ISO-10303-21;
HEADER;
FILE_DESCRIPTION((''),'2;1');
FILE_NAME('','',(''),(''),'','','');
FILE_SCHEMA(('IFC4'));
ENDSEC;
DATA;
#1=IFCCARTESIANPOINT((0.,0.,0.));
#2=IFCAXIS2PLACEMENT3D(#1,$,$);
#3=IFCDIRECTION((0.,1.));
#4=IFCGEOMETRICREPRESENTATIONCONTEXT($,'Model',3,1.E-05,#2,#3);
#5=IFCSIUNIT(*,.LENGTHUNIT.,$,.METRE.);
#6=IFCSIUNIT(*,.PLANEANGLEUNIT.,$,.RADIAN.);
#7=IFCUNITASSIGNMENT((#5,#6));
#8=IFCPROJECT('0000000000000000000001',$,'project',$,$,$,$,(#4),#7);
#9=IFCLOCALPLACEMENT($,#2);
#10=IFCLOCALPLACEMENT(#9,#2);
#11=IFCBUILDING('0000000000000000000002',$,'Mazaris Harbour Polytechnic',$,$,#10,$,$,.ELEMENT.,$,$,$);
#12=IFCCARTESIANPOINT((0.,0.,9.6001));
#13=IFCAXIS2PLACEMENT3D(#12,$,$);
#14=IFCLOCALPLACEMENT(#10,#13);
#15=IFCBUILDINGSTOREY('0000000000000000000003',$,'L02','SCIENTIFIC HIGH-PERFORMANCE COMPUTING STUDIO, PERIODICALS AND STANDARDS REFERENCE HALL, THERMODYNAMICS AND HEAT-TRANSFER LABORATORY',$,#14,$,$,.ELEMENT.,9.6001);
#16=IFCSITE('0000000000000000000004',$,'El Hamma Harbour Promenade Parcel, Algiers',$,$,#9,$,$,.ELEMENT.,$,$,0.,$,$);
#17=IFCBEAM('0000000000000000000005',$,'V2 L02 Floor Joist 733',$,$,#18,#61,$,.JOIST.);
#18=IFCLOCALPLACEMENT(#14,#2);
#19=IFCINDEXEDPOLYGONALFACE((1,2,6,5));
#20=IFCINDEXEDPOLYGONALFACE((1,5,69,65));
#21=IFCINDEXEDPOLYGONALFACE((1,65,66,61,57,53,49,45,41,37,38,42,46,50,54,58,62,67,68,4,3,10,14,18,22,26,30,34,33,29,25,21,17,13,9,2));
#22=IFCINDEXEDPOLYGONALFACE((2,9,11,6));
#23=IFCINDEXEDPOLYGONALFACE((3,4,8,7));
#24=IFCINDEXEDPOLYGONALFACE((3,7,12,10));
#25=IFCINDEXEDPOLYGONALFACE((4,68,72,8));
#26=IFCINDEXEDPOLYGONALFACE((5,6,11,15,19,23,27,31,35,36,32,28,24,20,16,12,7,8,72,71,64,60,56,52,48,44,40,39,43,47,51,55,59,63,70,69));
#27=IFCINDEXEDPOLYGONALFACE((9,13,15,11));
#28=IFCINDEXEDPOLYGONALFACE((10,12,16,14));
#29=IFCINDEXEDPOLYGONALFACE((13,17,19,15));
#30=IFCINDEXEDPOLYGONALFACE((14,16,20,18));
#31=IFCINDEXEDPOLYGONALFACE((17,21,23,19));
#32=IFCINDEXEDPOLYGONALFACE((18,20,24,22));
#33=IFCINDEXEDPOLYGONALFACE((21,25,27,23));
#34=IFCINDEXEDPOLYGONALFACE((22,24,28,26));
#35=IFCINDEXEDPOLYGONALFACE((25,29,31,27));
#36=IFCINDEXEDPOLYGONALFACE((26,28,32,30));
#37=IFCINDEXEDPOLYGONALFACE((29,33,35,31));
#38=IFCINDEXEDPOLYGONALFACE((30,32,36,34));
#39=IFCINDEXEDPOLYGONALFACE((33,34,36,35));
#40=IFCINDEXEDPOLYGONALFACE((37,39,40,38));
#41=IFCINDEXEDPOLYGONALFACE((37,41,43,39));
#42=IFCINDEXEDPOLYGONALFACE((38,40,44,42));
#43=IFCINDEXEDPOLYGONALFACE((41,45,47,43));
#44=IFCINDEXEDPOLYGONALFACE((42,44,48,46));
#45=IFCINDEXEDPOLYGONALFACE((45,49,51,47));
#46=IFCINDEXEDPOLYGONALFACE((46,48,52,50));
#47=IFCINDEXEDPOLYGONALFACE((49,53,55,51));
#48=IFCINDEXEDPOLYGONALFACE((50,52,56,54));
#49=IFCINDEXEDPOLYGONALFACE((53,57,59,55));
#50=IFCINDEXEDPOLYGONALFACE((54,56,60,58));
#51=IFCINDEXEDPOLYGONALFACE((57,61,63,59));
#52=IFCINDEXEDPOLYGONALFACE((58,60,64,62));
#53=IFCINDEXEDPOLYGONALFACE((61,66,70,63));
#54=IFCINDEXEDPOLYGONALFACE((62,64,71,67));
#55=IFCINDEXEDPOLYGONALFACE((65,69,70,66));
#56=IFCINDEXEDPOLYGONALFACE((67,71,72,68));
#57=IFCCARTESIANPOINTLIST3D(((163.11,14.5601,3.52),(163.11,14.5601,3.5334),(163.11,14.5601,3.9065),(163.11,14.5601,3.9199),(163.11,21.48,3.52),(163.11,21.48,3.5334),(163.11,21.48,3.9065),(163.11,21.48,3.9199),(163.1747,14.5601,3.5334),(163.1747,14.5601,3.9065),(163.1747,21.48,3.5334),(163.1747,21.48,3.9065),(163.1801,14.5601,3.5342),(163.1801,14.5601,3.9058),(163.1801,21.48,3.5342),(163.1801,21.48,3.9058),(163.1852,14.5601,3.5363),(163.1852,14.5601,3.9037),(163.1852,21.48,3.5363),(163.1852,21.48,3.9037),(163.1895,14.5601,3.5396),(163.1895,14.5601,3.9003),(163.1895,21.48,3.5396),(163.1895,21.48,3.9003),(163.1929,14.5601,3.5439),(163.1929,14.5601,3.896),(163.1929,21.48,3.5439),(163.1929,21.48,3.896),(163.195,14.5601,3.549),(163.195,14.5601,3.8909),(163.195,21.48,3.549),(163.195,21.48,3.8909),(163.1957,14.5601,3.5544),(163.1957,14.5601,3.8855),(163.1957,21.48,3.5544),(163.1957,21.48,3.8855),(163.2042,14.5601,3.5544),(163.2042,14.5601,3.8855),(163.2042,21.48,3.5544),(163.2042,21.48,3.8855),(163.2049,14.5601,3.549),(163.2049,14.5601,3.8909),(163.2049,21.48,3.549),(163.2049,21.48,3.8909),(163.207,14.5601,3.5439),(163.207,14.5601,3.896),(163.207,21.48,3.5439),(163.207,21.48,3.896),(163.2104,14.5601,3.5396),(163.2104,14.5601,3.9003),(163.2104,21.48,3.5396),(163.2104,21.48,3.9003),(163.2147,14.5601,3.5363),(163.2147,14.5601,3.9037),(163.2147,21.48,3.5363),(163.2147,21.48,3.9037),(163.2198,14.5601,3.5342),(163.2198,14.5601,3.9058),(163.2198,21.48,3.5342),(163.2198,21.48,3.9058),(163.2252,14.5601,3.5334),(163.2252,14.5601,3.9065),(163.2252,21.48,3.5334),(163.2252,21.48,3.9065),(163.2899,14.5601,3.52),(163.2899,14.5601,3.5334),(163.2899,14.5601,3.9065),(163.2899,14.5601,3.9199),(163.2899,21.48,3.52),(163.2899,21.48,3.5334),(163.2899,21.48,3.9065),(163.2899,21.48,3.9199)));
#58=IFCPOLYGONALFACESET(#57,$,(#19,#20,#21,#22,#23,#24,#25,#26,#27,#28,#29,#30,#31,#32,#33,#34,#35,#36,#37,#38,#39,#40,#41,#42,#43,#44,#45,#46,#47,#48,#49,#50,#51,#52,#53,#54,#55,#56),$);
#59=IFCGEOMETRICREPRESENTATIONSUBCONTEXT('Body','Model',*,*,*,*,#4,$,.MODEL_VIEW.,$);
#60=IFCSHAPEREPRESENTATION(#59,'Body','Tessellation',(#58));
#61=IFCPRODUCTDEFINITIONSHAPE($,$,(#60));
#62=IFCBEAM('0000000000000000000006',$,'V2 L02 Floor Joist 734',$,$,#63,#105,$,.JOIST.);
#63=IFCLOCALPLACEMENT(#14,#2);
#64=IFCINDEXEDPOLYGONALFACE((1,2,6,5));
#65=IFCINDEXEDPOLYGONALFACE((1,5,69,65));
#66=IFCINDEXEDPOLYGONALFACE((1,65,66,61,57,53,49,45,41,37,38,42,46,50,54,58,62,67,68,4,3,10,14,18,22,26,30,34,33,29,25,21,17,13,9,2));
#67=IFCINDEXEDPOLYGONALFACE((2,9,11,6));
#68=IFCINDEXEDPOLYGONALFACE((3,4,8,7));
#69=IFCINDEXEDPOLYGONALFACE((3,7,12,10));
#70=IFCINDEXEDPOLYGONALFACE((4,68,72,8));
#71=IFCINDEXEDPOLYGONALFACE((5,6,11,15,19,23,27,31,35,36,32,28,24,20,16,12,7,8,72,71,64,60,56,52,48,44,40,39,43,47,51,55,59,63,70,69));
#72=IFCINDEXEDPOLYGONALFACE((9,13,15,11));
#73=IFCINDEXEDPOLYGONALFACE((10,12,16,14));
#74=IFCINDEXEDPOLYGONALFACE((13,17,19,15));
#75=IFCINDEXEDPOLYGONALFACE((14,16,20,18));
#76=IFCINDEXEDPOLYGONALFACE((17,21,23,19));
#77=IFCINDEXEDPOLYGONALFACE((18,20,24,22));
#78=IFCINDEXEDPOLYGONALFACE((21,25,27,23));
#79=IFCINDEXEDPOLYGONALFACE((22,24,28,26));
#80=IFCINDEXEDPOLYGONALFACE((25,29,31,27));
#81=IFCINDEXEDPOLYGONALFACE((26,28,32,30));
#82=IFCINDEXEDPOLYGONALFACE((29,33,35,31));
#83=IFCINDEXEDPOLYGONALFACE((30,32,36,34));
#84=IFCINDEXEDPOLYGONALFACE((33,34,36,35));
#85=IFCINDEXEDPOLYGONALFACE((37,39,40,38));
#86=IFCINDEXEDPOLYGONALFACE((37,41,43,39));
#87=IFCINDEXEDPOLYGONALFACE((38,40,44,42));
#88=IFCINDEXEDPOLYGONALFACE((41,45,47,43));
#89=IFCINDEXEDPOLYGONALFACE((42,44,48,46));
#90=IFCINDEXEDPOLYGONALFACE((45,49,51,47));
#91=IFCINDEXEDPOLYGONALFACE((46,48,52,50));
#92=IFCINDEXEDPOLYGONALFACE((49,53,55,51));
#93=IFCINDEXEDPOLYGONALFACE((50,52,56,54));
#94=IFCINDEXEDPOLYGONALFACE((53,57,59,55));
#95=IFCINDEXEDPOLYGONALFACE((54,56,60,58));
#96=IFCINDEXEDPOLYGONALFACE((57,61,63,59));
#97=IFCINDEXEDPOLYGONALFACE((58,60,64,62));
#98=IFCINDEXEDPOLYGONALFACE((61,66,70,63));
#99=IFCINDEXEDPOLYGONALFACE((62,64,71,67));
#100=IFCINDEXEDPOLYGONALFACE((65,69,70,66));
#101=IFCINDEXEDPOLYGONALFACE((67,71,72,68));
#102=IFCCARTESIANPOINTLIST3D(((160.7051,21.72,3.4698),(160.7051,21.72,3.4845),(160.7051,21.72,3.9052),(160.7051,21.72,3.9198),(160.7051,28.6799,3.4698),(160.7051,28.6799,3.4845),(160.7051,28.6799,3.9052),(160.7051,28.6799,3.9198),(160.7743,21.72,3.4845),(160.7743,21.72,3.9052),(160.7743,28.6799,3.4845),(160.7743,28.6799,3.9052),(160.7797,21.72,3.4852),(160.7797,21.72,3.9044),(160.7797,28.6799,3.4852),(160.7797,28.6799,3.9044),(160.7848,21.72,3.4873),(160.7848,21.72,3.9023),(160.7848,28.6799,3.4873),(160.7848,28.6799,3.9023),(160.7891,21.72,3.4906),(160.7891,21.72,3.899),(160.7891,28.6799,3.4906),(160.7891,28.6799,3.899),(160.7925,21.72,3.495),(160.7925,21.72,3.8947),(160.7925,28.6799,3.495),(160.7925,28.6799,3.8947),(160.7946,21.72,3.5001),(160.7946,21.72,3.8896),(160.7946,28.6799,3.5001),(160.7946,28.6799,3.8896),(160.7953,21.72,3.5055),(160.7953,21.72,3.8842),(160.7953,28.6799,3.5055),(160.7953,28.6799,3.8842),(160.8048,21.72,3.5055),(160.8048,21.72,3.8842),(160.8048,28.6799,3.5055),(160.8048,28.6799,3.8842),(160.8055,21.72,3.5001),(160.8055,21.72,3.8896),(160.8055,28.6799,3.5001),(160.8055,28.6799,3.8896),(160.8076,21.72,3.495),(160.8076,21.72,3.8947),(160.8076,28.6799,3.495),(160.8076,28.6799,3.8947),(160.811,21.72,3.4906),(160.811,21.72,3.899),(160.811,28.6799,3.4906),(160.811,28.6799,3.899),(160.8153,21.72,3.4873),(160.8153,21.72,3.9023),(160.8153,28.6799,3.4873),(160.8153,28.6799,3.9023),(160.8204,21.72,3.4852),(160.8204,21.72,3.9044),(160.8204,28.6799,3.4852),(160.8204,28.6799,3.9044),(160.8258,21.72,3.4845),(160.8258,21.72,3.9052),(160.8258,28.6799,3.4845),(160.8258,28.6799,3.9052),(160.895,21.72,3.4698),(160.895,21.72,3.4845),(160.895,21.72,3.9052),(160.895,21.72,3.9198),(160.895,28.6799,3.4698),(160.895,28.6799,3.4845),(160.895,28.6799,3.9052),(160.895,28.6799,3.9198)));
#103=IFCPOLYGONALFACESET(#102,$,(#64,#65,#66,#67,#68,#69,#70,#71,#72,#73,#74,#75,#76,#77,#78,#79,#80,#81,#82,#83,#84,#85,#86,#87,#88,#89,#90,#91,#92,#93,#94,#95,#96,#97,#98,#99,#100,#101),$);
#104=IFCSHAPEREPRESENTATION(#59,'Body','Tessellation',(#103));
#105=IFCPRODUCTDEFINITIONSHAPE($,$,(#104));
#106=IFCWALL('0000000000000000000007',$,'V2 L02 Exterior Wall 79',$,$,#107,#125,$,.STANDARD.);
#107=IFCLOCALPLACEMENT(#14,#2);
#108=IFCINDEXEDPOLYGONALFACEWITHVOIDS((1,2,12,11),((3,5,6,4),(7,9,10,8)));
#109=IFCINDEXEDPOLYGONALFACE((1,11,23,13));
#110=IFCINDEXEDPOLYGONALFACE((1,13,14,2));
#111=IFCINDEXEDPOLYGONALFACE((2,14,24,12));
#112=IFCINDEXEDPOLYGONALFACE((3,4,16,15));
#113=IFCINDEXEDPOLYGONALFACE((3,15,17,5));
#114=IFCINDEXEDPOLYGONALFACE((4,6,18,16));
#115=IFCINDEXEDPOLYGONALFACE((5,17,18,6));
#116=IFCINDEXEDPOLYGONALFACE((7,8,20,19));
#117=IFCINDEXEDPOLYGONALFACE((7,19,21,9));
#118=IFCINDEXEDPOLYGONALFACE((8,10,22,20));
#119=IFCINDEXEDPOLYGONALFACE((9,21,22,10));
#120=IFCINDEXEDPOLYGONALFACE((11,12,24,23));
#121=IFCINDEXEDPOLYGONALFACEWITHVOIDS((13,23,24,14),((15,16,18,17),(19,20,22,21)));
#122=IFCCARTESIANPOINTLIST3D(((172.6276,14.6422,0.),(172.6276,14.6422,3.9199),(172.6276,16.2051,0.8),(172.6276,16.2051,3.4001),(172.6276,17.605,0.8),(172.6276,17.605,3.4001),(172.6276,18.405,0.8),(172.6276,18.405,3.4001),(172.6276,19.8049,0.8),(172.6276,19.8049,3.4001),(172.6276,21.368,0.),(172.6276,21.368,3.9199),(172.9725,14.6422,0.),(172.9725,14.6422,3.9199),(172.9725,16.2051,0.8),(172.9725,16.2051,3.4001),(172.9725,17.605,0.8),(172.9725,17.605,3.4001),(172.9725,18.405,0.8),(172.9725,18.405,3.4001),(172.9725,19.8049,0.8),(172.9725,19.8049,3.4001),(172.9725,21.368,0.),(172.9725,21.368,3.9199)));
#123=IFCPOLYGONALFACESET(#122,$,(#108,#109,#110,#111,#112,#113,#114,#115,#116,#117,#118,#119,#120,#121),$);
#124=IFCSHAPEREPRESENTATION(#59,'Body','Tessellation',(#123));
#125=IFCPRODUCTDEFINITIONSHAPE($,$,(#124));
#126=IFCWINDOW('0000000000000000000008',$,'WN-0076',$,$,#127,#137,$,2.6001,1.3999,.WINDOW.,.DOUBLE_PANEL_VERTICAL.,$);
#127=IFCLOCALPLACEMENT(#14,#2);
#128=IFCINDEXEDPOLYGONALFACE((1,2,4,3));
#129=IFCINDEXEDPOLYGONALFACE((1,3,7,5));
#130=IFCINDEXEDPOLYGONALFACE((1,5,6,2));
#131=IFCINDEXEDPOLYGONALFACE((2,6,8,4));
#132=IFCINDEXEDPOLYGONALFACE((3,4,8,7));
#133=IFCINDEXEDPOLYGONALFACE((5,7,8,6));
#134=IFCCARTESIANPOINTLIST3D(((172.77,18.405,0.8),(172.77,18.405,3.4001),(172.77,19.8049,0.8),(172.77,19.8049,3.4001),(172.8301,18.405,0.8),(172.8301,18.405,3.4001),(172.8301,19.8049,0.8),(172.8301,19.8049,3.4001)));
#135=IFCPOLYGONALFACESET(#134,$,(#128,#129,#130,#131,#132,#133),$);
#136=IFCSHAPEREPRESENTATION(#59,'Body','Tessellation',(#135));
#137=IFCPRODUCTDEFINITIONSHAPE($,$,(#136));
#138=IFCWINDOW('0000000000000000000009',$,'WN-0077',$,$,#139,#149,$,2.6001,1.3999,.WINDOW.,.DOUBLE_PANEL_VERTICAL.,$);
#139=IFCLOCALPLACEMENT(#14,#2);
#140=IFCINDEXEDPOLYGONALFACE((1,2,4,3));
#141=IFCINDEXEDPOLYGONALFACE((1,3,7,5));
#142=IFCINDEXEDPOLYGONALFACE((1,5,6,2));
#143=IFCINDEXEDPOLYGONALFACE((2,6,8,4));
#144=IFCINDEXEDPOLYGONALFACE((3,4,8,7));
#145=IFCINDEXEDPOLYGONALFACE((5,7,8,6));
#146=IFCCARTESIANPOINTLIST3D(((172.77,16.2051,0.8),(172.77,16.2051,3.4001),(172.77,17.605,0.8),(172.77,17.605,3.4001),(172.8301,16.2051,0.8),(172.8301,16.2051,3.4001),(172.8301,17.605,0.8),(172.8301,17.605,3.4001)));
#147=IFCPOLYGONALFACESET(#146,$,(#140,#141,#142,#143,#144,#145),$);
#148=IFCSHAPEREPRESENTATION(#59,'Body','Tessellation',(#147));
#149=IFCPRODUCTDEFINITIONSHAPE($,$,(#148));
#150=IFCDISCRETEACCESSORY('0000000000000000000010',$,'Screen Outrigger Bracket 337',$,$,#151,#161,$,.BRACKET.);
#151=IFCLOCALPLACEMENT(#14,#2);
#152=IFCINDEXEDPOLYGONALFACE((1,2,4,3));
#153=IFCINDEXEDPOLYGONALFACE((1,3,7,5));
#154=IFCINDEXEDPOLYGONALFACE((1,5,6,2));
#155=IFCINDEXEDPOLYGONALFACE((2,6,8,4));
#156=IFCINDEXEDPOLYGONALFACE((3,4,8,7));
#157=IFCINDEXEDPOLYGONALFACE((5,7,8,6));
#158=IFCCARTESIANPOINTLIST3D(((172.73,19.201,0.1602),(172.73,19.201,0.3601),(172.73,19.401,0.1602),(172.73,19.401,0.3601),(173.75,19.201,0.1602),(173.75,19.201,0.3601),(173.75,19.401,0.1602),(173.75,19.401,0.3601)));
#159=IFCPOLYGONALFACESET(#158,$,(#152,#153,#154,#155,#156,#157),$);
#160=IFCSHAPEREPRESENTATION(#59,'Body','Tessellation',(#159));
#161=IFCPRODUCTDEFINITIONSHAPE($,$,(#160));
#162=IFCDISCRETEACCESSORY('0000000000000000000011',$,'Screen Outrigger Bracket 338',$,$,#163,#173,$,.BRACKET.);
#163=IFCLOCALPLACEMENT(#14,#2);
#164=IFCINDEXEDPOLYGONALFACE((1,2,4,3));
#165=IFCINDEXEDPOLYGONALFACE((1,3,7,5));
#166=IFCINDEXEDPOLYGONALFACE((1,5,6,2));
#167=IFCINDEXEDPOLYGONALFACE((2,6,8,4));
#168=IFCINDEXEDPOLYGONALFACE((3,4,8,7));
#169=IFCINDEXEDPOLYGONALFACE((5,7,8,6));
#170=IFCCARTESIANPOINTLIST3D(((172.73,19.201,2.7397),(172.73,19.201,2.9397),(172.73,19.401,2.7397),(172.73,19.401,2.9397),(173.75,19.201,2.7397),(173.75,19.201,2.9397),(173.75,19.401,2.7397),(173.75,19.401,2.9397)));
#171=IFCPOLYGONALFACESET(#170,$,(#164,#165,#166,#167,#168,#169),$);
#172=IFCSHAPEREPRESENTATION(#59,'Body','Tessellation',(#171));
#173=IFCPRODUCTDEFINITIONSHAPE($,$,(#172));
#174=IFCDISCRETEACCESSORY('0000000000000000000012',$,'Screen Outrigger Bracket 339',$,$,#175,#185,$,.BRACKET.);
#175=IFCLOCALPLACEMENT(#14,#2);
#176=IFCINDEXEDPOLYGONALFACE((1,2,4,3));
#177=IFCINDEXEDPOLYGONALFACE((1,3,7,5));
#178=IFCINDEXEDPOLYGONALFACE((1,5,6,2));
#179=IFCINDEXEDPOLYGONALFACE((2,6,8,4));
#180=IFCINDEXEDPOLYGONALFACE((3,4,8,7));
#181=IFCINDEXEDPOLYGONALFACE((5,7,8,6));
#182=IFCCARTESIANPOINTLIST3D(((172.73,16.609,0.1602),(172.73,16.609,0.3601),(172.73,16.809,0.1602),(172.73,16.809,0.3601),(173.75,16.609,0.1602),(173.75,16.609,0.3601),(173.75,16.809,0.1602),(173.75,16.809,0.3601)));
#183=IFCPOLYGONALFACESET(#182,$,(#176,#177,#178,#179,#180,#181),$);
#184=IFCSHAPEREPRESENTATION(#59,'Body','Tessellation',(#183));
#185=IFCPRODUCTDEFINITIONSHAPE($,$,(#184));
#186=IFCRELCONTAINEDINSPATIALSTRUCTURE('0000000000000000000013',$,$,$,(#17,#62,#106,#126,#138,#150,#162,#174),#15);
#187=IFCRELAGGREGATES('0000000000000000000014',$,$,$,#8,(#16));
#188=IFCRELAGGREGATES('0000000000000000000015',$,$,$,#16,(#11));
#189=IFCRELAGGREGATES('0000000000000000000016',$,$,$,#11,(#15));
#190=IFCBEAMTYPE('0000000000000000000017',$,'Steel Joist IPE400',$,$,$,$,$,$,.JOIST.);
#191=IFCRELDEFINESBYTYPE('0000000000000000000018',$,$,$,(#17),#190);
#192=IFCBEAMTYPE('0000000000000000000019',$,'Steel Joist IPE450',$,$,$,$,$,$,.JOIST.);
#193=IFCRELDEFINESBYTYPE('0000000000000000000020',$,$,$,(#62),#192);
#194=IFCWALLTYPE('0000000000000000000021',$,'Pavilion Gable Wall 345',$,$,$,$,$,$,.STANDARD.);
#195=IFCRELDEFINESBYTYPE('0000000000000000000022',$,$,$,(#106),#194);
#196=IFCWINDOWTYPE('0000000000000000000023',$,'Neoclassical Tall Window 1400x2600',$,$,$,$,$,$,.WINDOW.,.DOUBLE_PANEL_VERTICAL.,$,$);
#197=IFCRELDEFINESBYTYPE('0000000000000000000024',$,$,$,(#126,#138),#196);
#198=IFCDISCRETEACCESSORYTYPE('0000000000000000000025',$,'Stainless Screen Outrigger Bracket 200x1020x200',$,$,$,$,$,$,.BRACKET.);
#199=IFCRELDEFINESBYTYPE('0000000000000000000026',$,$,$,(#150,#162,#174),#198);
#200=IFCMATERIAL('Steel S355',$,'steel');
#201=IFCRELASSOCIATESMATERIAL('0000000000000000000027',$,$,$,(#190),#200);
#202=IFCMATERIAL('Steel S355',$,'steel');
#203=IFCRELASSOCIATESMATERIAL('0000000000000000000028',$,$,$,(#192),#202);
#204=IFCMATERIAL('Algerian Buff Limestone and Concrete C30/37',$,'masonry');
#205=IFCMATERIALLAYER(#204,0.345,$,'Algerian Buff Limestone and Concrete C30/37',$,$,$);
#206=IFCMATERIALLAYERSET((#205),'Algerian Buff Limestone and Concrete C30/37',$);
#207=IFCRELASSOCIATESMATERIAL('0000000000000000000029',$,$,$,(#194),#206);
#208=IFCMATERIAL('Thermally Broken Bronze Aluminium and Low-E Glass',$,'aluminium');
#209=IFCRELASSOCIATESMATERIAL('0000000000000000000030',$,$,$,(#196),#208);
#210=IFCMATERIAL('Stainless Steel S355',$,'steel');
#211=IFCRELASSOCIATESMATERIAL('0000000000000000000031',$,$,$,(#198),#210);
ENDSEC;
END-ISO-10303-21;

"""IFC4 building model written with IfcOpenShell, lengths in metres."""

from ifc_helpers import new_model, si_unit, direction, frame, frame_2d, origin, origin_2d, place, context, subcontext, project, spatial, rectangle, i_section, extrude, material, layer, layer_set, material_profile, profile_set, type_object, element, fill, save


model = new_model("IFC4")

# Units and contexts
model_context = context("Model", 3, precision=1e-05, world=origin(), true_north=direction((0.0, 1.0)))
body_context = subcontext(model_context, "Body", "Model", "MODEL_VIEW")
ifc_project = project(units=[si_unit("LENGTHUNIT", "METRE"), si_unit("PLANEANGLEUNIT", "RADIAN")], contexts=[model_context])

# Site, building, storey
site_placement = place(None, origin())
site = spatial("IfcSite", under=ifc_project, at=site_placement, Name="El Hamma Harbour Promenade Parcel, Algiers", CompositionType="ELEMENT", RefElevation=0.0)
building_placement = place(site_placement, origin())
building = spatial("IfcBuilding", under=site, at=building_placement, Name="Mazaris Harbour Polytechnic", CompositionType="ELEMENT")
storey_placement = place(building_placement, frame((0.0, 0.0, 9.6001)))
storey = spatial("IfcBuildingStorey", under=building, at=storey_placement, Name="L02", Description="SCIENTIFIC HIGH-PERFORMANCE COMPUTING STUDIO, PERIODICALS AND STANDARDS REFERENCE HALL, THERMODYNAMICS AND HEAT-TRANSFER LABORATORY", CompositionType="ELEMENT", Elevation=9.6001)

# Beams
ifc_material_1 = material(Name="Steel S355", Category="steel")
ifc_material_profile_1 = material_profile(ifc_material_1, i_section(OverallWidth=0.1799, OverallDepth=0.3999, WebThickness=0.0085, FlangeThickness=0.0134, FilletRadius=0.021, at=origin_2d()), Name="IPE 400")
ifc_profile_set_1 = profile_set([ifc_material_profile_1], Name="Steel S355")
beam_type_1 = type_object("IfcBeamType", Name="Steel Joist IPE400", PredefinedType="JOIST", material=ifc_profile_set_1)
beam_1_placement = place(storey_placement, frame((163.2, 14.5601, 3.72), z_axis=(0.0, 1.0, 0.0), x_axis=(-1.0, 0.0, 0.0)))
element("IfcBeam", 1, at=beam_1_placement, inside=storey, type_object=beam_type_1, Name="V2 L02 Floor Joist 733", PredefinedType="JOIST", context=body_context, shape_type="SweptSolid", body=[
    extrude(i_section(OverallWidth=0.1799, OverallDepth=0.3999, WebThickness=0.0085, FlangeThickness=0.0134, FilletRadius=0.021, at=origin_2d()), origin(), (0.0, 0.0, 1.0), 6.9199),
])
ifc_material_2 = material(Name="Steel S355", Category="steel")
ifc_material_profile_2 = material_profile(ifc_material_2, i_section(OverallWidth=0.1899, OverallDepth=0.45, WebThickness=0.0095, FlangeThickness=0.0146, FilletRadius=0.021, at=origin_2d()), Name="IPE 450")
ifc_profile_set_2 = profile_set([ifc_material_profile_2], Name="Steel S355")
beam_type_2 = type_object("IfcBeamType", Name="Steel Joist IPE450", PredefinedType="JOIST", material=ifc_profile_set_2)
beam_2_placement = place(storey_placement, frame((160.8, 21.72, 3.6948), z_axis=(0.0, 1.0, 0.0), x_axis=(-1.0, 0.0, 0.0)))
element("IfcBeam", 2, at=beam_2_placement, inside=storey, type_object=beam_type_2, Name="V2 L02 Floor Joist 734", PredefinedType="JOIST", context=body_context, shape_type="SweptSolid", body=[
    extrude(i_section(OverallWidth=0.1899, OverallDepth=0.45, WebThickness=0.0095, FlangeThickness=0.0146, FilletRadius=0.021, at=origin_2d()), origin(), (0.0, 0.0, 1.0), 6.96),
])

# Wall, openings, windows
ifc_material_3 = material(Name="Algerian Buff Limestone and Concrete C30/37", Category="masonry")
ifc_layer = layer(ifc_material_3, 0.345, Name="Algerian Buff Limestone and Concrete C30/37")
ifc_layer_set = layer_set([ifc_layer], Name="Algerian Buff Limestone and Concrete C30/37")
wall_type = type_object("IfcWallType", Name="Pavilion Gable Wall 345", PredefinedType="STANDARD", material=ifc_layer_set)
wall_placement = place(storey_placement, frame((172.8, 21.3679, 0.0), z_axis=(0.0, 0.0, 1.0), x_axis=(0.0, -1.0, 0.0)))
wall = element("IfcWall", 3, at=wall_placement, inside=storey, type_object=wall_type, Name="V2 L02 Exterior Wall 79", PredefinedType="STANDARD", context=body_context, shape_type="SweptSolid", body=[
    extrude(rectangle(XDim=6.7258, YDim=0.345, at=frame_2d((3.3628, 0.0))), origin(), (0.0, 0.0, 1.0), 3.9199),
])
opening_1_placement = place(wall_placement, frame((1.563, 0.0, 0.8)))
opening_1 = element("IfcOpeningElement", 4, at=opening_1_placement, cuts=wall, PredefinedType="OPENING", context=body_context, shape_type="SweptSolid", body=[
    extrude(rectangle(XDim=1.3999, YDim=2.6001, at=frame_2d((0.7, 1.3))), frame((0.0, 0.1824, 0.0), z_axis=(0.0, -1.0, 0.0), x_axis=(1.0, 0.0, 0.0)), (0.0, 0.0, 1.0), 0.365),
])
opening_2_placement = place(wall_placement, frame((3.7629, 0.0, 0.8)))
opening_2 = element("IfcOpeningElement", 5, at=opening_2_placement, cuts=wall, PredefinedType="OPENING", context=body_context, shape_type="SweptSolid", body=[
    extrude(rectangle(XDim=1.3999, YDim=2.6001, at=frame_2d((0.7, 1.3))), frame((0.0, 0.1824, 0.0), z_axis=(0.0, -1.0, 0.0), x_axis=(1.0, 0.0, 0.0)), (0.0, 0.0, 1.0), 0.365),
])
ifc_material_4 = material(Name="Thermally Broken Bronze Aluminium and Low-E Glass", Category="aluminium")
window_type = type_object("IfcWindowType", Name="Neoclassical Tall Window 1400x2600", PartitioningType="DOUBLE_PANEL_VERTICAL", PredefinedType="WINDOW", material=ifc_material_4)
window_1_placement = place(opening_1_placement, origin())
window_1 = element("IfcWindow", 6, at=window_1_placement, inside=storey, type_object=window_type, Name="WN-0076", OverallHeight=2.6001, OverallWidth=1.3999, PartitioningType="DOUBLE_PANEL_VERTICAL", PredefinedType="WINDOW", context=body_context, shape_type="SweptSolid", body=[
    extrude(rectangle(XDim=1.3999, YDim=2.6001, at=frame_2d((0.7, 1.3))), frame((0.0, 0.03, 0.0), z_axis=(0.0, -1.0, 0.0), x_axis=(1.0, 0.0, 0.0)), (0.0, 0.0, 1.0), 0.0601),
])
fill(opening_1, window_1)
window_2_placement = place(opening_2_placement, origin())
window_2 = element("IfcWindow", 7, at=window_2_placement, inside=storey, type_object=window_type, Name="WN-0077", OverallHeight=2.6001, OverallWidth=1.3999, PartitioningType="DOUBLE_PANEL_VERTICAL", PredefinedType="WINDOW", context=body_context, shape_type="SweptSolid", body=[
    extrude(rectangle(XDim=1.3999, YDim=2.6001, at=frame_2d((0.7, 1.3))), frame((0.0, 0.03, 0.0), z_axis=(0.0, -1.0, 0.0), x_axis=(1.0, 0.0, 0.0)), (0.0, 0.0, 1.0), 0.0601),
])
fill(opening_2, window_2)

# Discrete accessories
ifc_material_5 = material(Name="Stainless Steel S355", Category="steel")
discrete_accessory_type = type_object("IfcDiscreteAccessoryType", Name="Stainless Screen Outrigger Bracket 200x1020x200", PredefinedType="BRACKET", material=ifc_material_5)
for number, where, z_axis, x_axis, name in (
    (8, (173.24, 19.301, 0.1602), (0.0, 0.0, 1.0), (0.0, -1.0, 0.0), "Screen Outrigger Bracket 337"),
    (9, (173.24, 19.301, 2.7397), (0.0, 0.0, 1.0), (0.0, -1.0, 0.0), "Screen Outrigger Bracket 338"),
    (10, (173.24, 16.709, 0.1602), (0.0, 0.0, 1.0), (0.0, -1.0, 0.0), "Screen Outrigger Bracket 339"),
):
    element("IfcDiscreteAccessory", number, at=place(storey_placement, frame(where, z_axis=z_axis, x_axis=x_axis)), inside=storey, type_object=discrete_accessory_type, Name=name, PredefinedType="BRACKET", context=body_context, shape_type="SweptSolid", body=[
        extrude(rectangle(XDim=0.2, YDim=1.02, at=origin_2d()), origin(), (0.0, 0.0, 1.0), 0.2),
    ])

save(model, "model.ifc")
